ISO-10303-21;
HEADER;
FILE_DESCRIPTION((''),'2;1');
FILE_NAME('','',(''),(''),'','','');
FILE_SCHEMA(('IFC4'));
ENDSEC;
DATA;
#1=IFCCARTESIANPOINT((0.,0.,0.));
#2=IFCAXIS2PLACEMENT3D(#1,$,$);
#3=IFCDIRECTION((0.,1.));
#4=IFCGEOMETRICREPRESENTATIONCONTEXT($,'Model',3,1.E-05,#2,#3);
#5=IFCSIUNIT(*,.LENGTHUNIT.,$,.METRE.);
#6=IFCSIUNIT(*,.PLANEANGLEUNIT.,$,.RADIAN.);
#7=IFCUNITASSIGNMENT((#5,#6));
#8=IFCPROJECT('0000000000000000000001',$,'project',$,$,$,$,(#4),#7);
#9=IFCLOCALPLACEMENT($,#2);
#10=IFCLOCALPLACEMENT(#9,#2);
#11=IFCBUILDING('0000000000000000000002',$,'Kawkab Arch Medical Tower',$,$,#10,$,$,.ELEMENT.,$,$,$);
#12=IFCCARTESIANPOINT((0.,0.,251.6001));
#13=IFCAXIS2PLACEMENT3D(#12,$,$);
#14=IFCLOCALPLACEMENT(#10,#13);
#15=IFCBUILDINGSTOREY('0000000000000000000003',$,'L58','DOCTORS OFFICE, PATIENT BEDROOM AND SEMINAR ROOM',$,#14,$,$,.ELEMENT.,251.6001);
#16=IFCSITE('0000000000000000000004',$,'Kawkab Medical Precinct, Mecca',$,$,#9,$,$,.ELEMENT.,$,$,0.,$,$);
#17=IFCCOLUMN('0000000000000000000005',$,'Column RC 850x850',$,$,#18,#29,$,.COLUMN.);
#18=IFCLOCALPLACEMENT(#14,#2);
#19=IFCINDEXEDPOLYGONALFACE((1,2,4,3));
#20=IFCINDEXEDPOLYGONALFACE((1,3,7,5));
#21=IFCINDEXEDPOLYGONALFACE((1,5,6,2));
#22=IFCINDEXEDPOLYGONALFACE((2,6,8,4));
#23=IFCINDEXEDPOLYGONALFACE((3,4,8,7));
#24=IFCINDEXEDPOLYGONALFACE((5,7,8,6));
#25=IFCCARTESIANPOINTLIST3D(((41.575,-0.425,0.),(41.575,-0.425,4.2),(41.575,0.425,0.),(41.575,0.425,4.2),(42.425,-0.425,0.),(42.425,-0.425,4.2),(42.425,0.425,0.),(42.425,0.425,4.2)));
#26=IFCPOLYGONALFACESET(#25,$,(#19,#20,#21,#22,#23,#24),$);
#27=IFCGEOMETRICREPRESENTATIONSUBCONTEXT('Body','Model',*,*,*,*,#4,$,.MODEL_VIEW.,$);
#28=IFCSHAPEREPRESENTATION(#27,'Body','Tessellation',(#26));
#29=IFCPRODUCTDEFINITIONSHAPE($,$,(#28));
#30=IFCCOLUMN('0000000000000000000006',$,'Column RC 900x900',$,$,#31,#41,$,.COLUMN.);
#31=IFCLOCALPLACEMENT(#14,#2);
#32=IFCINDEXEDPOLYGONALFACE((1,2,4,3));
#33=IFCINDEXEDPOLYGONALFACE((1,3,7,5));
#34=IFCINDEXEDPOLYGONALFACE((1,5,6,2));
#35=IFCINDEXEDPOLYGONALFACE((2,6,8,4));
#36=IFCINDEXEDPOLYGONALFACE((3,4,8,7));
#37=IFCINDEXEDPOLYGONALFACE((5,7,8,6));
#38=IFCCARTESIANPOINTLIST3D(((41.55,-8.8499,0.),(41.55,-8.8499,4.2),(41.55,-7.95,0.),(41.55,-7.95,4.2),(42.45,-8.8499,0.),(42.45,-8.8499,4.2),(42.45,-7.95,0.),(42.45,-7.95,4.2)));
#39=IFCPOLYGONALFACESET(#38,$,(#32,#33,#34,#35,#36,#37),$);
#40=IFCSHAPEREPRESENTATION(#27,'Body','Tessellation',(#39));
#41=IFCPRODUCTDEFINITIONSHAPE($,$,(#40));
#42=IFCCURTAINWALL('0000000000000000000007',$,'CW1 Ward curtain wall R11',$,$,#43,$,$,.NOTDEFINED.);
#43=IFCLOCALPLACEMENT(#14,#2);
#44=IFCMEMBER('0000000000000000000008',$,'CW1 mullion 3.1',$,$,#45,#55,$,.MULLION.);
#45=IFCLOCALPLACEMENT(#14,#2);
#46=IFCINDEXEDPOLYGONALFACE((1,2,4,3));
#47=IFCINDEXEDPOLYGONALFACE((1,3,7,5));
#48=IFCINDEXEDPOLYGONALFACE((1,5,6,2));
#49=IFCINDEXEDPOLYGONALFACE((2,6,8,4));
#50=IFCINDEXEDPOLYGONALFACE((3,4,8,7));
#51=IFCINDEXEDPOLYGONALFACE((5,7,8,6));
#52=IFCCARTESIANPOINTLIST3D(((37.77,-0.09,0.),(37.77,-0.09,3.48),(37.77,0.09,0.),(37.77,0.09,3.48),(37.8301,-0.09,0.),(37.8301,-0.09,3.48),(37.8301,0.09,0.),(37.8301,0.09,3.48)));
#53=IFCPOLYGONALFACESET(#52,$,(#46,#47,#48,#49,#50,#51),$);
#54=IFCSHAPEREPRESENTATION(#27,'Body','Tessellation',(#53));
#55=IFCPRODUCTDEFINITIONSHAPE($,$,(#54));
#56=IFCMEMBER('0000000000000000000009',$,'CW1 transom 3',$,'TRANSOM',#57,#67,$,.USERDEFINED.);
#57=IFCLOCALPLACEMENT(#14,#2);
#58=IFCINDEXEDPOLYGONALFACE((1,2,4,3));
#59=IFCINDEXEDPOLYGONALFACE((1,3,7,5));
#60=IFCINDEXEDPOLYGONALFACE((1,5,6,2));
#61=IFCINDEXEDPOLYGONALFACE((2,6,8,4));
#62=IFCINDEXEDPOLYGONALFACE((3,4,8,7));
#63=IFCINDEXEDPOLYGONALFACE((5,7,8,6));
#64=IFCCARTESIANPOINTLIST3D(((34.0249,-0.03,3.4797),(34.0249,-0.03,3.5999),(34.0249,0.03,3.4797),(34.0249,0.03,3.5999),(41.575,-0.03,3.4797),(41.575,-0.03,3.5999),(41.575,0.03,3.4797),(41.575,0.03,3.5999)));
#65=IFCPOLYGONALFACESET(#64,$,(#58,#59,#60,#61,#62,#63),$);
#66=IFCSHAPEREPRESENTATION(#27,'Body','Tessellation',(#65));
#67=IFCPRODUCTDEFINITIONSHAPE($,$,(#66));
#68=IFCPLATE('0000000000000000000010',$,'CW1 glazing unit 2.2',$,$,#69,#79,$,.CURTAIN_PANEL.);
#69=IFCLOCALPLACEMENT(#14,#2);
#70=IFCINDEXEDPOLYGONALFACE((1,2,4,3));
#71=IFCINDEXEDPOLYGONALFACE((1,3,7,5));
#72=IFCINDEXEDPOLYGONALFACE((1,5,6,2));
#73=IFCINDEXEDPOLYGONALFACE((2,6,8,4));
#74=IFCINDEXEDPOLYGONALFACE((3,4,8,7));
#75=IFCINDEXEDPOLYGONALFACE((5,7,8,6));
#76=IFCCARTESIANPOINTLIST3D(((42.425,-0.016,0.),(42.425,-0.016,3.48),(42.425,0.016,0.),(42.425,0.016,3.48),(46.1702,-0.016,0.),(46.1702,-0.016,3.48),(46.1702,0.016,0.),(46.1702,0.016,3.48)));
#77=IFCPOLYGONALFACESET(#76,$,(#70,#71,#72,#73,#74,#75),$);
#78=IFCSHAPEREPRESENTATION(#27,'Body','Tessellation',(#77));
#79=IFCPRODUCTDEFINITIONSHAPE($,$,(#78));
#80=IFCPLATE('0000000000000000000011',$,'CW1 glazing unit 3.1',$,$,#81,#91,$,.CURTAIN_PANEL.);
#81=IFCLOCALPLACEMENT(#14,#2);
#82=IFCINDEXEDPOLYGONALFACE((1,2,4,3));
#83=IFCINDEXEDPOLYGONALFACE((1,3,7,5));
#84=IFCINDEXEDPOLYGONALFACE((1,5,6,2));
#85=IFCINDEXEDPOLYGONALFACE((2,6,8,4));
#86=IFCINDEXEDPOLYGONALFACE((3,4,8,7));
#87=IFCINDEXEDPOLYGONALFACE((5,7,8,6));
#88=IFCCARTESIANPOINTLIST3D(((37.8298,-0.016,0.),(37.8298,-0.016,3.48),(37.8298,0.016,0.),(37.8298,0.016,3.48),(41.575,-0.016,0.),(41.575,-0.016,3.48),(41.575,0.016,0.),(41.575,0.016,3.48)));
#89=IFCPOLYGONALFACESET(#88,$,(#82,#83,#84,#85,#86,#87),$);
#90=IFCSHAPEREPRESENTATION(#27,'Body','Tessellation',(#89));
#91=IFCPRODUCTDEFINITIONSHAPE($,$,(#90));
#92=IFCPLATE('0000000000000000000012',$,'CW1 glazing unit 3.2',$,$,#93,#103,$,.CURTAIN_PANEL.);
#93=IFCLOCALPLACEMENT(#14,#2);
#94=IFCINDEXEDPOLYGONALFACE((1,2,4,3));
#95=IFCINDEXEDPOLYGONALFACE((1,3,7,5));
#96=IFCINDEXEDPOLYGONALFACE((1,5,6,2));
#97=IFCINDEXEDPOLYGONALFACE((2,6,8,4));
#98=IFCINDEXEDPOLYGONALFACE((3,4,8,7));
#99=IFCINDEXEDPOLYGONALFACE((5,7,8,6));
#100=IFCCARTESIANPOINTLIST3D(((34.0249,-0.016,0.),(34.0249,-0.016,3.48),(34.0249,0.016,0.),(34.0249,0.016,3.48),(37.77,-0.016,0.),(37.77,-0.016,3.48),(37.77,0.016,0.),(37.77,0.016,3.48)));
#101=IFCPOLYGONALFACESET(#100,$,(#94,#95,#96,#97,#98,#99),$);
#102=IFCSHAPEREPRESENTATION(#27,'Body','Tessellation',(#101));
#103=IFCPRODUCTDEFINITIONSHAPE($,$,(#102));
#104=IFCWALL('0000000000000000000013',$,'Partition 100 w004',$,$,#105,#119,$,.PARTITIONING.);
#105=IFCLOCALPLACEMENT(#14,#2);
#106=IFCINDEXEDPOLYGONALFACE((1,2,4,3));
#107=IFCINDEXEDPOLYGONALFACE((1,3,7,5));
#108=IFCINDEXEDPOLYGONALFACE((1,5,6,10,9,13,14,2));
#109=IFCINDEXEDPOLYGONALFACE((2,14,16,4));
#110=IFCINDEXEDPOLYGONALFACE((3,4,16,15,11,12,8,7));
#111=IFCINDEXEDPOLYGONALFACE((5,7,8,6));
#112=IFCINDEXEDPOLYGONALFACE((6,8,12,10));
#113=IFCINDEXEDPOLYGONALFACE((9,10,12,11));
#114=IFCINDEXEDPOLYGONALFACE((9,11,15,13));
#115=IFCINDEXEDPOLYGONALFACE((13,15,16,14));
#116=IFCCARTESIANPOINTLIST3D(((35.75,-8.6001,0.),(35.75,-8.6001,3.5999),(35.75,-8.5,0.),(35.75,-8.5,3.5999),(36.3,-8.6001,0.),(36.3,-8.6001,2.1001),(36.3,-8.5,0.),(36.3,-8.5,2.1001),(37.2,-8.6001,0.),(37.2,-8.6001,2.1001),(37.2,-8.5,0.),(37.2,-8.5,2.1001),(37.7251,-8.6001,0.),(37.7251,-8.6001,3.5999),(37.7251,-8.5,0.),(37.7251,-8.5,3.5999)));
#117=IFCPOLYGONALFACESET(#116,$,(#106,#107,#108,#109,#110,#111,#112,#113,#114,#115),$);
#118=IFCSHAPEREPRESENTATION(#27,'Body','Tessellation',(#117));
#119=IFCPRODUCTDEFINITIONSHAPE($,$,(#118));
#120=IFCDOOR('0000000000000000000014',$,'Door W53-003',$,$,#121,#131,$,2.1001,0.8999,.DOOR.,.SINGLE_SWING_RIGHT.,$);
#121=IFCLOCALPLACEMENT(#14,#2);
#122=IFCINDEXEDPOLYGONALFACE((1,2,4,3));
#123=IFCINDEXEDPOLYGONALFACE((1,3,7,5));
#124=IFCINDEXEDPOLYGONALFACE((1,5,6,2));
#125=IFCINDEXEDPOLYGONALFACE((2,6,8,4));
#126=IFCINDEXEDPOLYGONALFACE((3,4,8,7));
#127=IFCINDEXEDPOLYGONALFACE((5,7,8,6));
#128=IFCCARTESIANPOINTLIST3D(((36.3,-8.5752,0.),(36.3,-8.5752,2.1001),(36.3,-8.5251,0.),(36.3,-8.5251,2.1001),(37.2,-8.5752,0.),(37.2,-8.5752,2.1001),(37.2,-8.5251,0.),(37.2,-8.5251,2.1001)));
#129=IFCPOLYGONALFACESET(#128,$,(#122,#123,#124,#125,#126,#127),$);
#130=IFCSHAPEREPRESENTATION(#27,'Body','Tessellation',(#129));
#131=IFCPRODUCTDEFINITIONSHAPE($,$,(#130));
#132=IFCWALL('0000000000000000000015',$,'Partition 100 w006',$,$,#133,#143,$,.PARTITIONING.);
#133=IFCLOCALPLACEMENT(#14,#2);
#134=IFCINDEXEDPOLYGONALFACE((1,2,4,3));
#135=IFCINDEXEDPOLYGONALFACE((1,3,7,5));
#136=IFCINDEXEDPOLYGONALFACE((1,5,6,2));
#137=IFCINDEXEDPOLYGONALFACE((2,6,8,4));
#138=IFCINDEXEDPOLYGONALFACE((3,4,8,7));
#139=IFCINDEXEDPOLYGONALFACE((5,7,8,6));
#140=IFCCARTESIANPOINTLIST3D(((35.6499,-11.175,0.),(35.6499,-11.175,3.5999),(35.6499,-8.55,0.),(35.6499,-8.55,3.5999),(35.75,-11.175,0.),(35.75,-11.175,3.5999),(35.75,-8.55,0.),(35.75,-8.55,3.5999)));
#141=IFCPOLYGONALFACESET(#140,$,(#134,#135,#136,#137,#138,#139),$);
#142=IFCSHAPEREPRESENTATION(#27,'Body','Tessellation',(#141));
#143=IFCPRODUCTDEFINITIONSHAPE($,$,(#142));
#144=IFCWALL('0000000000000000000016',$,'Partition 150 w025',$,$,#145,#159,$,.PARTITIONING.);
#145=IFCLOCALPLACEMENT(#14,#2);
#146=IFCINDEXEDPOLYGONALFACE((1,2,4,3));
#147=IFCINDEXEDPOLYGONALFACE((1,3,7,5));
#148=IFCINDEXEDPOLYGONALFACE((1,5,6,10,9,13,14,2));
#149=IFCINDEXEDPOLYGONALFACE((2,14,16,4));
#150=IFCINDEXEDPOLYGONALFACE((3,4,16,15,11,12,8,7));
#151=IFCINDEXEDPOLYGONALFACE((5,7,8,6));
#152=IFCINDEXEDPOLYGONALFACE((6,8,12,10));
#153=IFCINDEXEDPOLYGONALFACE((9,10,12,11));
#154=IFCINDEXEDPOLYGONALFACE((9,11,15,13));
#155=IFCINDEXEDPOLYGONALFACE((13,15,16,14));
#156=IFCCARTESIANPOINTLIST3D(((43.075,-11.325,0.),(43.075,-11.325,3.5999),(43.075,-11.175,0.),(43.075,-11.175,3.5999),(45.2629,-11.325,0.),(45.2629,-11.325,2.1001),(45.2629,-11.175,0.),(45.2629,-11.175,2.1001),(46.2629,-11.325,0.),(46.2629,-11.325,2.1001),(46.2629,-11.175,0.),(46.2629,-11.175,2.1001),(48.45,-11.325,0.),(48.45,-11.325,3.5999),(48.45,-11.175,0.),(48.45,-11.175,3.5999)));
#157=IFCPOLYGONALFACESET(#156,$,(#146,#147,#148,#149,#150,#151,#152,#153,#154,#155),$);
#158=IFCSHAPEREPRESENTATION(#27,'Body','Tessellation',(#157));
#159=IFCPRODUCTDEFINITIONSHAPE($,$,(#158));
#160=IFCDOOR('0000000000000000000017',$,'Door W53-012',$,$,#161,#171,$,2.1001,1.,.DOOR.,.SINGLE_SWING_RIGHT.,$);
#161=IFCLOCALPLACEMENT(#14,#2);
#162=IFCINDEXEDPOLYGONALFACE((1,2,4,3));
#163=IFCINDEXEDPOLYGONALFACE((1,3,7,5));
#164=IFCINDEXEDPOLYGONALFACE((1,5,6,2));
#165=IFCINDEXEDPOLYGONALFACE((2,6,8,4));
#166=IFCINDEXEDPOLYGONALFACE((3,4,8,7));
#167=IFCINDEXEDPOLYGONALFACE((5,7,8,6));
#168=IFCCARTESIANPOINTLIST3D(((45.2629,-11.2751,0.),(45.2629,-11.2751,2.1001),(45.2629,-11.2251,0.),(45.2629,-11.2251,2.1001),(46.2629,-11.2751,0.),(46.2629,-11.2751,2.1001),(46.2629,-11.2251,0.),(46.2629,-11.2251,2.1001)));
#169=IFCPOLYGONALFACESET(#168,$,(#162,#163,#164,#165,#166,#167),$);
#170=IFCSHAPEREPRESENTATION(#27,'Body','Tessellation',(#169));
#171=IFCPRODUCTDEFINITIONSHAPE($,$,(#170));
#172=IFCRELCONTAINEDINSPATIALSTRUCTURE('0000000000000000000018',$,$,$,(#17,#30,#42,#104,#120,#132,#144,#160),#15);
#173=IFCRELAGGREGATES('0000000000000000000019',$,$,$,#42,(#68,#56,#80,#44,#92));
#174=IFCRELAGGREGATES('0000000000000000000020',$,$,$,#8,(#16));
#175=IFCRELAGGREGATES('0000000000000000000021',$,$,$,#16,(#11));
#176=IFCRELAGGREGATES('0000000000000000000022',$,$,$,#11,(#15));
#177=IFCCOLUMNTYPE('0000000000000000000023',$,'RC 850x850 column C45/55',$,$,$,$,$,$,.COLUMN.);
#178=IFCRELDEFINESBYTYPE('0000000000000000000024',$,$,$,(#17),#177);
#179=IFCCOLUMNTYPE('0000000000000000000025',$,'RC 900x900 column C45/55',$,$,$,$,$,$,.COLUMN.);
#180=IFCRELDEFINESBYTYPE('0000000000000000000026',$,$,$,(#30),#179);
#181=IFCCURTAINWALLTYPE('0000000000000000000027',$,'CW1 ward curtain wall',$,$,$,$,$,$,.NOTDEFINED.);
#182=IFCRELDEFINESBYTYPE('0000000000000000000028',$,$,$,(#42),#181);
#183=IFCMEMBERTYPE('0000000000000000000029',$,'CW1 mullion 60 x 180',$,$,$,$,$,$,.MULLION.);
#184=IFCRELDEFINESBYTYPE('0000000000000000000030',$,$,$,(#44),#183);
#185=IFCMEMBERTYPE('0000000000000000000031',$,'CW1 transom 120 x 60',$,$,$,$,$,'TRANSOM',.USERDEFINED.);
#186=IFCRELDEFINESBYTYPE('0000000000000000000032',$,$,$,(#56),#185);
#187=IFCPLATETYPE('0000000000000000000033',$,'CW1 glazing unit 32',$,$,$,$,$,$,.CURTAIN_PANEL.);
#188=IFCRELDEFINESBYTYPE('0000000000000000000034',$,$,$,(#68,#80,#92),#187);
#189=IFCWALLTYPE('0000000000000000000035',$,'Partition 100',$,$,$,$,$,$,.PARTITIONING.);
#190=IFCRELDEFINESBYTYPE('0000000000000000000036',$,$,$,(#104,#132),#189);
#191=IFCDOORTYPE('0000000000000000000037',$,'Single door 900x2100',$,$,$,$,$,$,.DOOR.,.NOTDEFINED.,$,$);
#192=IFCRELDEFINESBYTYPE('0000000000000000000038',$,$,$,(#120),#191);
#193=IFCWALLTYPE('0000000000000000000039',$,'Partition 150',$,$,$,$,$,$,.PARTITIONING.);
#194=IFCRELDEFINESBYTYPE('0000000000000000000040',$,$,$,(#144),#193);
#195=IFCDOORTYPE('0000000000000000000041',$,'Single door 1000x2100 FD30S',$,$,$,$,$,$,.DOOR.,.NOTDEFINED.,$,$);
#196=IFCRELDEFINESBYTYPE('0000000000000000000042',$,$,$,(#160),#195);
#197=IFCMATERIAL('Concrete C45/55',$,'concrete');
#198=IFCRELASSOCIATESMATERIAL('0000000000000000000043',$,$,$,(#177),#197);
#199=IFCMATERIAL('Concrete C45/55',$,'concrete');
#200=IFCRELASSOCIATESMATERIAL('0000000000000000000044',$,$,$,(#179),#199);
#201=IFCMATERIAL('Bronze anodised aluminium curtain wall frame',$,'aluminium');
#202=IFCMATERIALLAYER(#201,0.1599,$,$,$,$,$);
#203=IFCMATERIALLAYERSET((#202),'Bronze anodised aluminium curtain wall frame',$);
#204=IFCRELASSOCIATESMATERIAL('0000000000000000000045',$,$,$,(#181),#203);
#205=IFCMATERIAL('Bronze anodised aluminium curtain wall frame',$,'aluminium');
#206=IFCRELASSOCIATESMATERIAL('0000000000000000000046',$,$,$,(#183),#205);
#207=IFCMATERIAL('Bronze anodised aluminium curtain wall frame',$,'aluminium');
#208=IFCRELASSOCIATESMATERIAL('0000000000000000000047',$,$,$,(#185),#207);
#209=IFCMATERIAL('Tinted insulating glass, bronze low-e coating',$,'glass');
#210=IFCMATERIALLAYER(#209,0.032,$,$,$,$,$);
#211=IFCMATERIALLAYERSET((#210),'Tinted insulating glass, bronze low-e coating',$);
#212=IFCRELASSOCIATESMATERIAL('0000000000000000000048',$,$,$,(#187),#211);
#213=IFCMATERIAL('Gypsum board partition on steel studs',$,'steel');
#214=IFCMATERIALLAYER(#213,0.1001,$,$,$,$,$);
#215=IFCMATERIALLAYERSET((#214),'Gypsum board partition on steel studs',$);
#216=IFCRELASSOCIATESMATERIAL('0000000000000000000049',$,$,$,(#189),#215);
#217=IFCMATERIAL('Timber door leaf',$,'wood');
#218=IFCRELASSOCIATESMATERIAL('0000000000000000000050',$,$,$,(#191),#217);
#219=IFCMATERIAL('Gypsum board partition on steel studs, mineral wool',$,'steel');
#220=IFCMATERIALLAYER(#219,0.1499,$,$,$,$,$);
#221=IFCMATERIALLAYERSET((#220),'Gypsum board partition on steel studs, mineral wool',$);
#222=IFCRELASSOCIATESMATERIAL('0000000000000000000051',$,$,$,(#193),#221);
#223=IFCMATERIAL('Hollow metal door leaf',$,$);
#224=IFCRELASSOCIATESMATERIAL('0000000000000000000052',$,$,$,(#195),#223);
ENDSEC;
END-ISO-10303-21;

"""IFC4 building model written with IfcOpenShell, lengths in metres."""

from ifc_helpers import new_model, si_unit, direction, frame, frame_2d, origin, origin_2d, place, context, subcontext, project, spatial, rectangle, extrude, material, layer, layer_set, material_profile, profile_set, type_object, element, fill, aggregate, save


model = new_model("IFC4")

# Units and contexts
model_context = context("Model", 3, precision=1e-05, world=origin(), true_north=direction((0.0, 1.0)))
body_context = subcontext(model_context, "Body", "Model", "MODEL_VIEW")
ifc_project = project(units=[si_unit("LENGTHUNIT", "METRE"), si_unit("PLANEANGLEUNIT", "RADIAN")], contexts=[model_context])

# Site, building, storey
site_placement = place(None, origin())
site = spatial("IfcSite", under=ifc_project, at=site_placement, Name="Kawkab Medical Precinct, Mecca", CompositionType="ELEMENT", RefElevation=0.0)
building_placement = place(site_placement, origin())
building = spatial("IfcBuilding", under=site, at=building_placement, Name="Kawkab Arch Medical Tower", CompositionType="ELEMENT")
storey_placement = place(building_placement, frame((0.0, 0.0, 251.6001)))
storey = spatial("IfcBuildingStorey", under=building, at=storey_placement, Name="L58", Description="DOCTORS OFFICE, PATIENT BEDROOM AND SEMINAR ROOM", CompositionType="ELEMENT", Elevation=251.6001)

# Columns
ifc_material_1 = material(Name="Concrete C45/55", Category="concrete")
ifc_material_profile_1 = material_profile(ifc_material_1, rectangle(XDim=0.8501, YDim=0.8501, at=origin_2d()), Name="RC 850x850")
ifc_profile_set_1 = profile_set([ifc_material_profile_1], Name="Concrete C45/55")
column_type_1 = type_object("IfcColumnType", Name="RC 850x850 column C45/55", PredefinedType="COLUMN", material=ifc_profile_set_1)
column_1_placement = place(storey_placement, frame((42.0, 0.0, 0.0), z_axis=(0.0, 0.0, 1.0), x_axis=(1.0, 0.0, 0.0)))
element("IfcColumn", 1, at=column_1_placement, inside=storey, type_object=column_type_1, Name="Column RC 850x850", PredefinedType="COLUMN", context=body_context, shape_type="SweptSolid", body=[
    extrude(rectangle(XDim=0.8501, YDim=0.8501, at=origin_2d()), origin(), (0.0, 0.0, 1.0), 4.2),
])
ifc_material_2 = material(Name="Concrete C45/55", Category="concrete")
ifc_material_profile_2 = material_profile(ifc_material_2, rectangle(XDim=0.8999, YDim=0.8999, at=origin_2d()), Name="RC 900x900")
ifc_profile_set_2 = profile_set([ifc_material_profile_2], Name="Concrete C45/55")
column_type_2 = type_object("IfcColumnType", Name="RC 900x900 column C45/55", PredefinedType="COLUMN", material=ifc_profile_set_2)
column_2_placement = place(storey_placement, frame((42.0, -8.3999, 0.0), z_axis=(0.0, 0.0, 1.0), x_axis=(1.0, 0.0, 0.0)))
element("IfcColumn", 2, at=column_2_placement, inside=storey, type_object=column_type_2, Name="Column RC 900x900", PredefinedType="COLUMN", context=body_context, shape_type="SweptSolid", body=[
    extrude(rectangle(XDim=0.8999, YDim=0.8999, at=origin_2d()), origin(), (0.0, 0.0, 1.0), 4.2),
])

# Curtain wall, members, plates
ifc_material_3 = material(Name="Bronze anodised aluminium curtain wall frame", Category="aluminium")
ifc_layer_1 = layer(ifc_material_3, 0.1599)
ifc_layer_set_1 = layer_set([ifc_layer_1], Name="Bronze anodised aluminium curtain wall frame")
curtain_wall_type = type_object("IfcCurtainWallType", Name="CW1 ward curtain wall", PredefinedType="NOTDEFINED", material=ifc_layer_set_1)
placement = place(storey_placement, origin())
curtain_wall = element("IfcCurtainWall", 3, at=placement, inside=storey, type_object=curtain_wall_type, Name="CW1 Ward curtain wall R11", PredefinedType="NOTDEFINED")
ifc_material_4 = material(Name="Bronze anodised aluminium curtain wall frame", Category="aluminium")
ifc_material_profile_3 = material_profile(ifc_material_4, rectangle(XDim=0.1799, YDim=0.0601, at=origin_2d()), Name="AL 60x180")
ifc_profile_set_3 = profile_set([ifc_material_profile_3], Name="Bronze anodised aluminium curtain wall frame")
member_type_1 = type_object("IfcMemberType", Name="CW1 mullion 60 x 180", PredefinedType="MULLION", material=ifc_profile_set_3)
member_1_placement = place(storey_placement, frame((37.8, 0.0, 0.0), z_axis=(0.0, 0.0, 1.0), x_axis=(0.0, -1.0, 0.0)))
member_1 = element("IfcMember", 4, at=member_1_placement, type_object=member_type_1, Name="CW1 mullion 3.1", PredefinedType="MULLION", context=body_context, shape_type="SweptSolid", body=[
    extrude(rectangle(XDim=0.1799, YDim=0.0601, at=origin_2d()), origin(), (0.0, 0.0, 1.0), 3.48),
])
ifc_material_5 = material(Name="Bronze anodised aluminium curtain wall frame", Category="aluminium")
ifc_material_profile_4 = material_profile(ifc_material_5, rectangle(XDim=0.0601, YDim=0.1201, at=origin_2d()), Name="AL 60x120")
ifc_profile_set_4 = profile_set([ifc_material_profile_4], Name="Bronze anodised aluminium curtain wall frame")
member_type_2 = type_object("IfcMemberType", Name="CW1 transom 120 x 60", ElementType="TRANSOM", PredefinedType="USERDEFINED", material=ifc_profile_set_4)
member_2_placement = place(storey_placement, frame((41.575, 0.0, 3.5398), z_axis=(-1.0, 0.0, 0.0), x_axis=(0.0, -1.0, 0.0)))
member_2 = element("IfcMember", 5, at=member_2_placement, type_object=member_type_2, Name="CW1 transom 3", ObjectType="TRANSOM", PredefinedType="USERDEFINED", context=body_context, shape_type="SweptSolid", body=[
    extrude(rectangle(XDim=0.0601, YDim=0.1201, at=origin_2d()), origin(), (0.0, 0.0, 1.0), 7.55),
])
ifc_material_6 = material(Name="Tinted insulating glass, bronze low-e coating", Category="glass")
ifc_layer_2 = layer(ifc_material_6, 0.032)
ifc_layer_set_2 = layer_set([ifc_layer_2], Name="Tinted insulating glass, bronze low-e coating")
plate_type = type_object("IfcPlateType", Name="CW1 glazing unit 32", PredefinedType="CURTAIN_PANEL", material=ifc_layer_set_2)
plate_1_placement = place(storey_placement, frame((44.2976, 0.0, 0.0), z_axis=(0.0, 0.0, 1.0), x_axis=(-1.0, 0.0, 0.0)))
plate_1 = element("IfcPlate", 6, at=plate_1_placement, type_object=plate_type, Name="CW1 glazing unit 2.2", PredefinedType="CURTAIN_PANEL", context=body_context, shape_type="SweptSolid", body=[
    extrude(rectangle(XDim=3.7451, YDim=0.032, at=origin_2d()), origin(), (0.0, 0.0, 1.0), 3.48),
])
plate_2_placement = place(storey_placement, frame((39.7024, 0.0, 0.0), z_axis=(0.0, 0.0, 1.0), x_axis=(-1.0, 0.0, 0.0)))
plate_2 = element("IfcPlate", 7, at=plate_2_placement, type_object=plate_type, Name="CW1 glazing unit 3.1", PredefinedType="CURTAIN_PANEL", context=body_context, shape_type="SweptSolid", body=[
    extrude(rectangle(XDim=3.7451, YDim=0.032, at=origin_2d()), origin(), (0.0, 0.0, 1.0), 3.48),
])
plate_3_placement = place(storey_placement, frame((35.8975, 0.0, 0.0), z_axis=(0.0, 0.0, 1.0), x_axis=(-1.0, 0.0, 0.0)))
plate_3 = element("IfcPlate", 8, at=plate_3_placement, type_object=plate_type, Name="CW1 glazing unit 3.2", PredefinedType="CURTAIN_PANEL", context=body_context, shape_type="SweptSolid", body=[
    extrude(rectangle(XDim=3.7451, YDim=0.032, at=origin_2d()), origin(), (0.0, 0.0, 1.0), 3.48),
])
aggregate(curtain_wall, [plate_1, member_2, plate_2, member_1, plate_3])

# Wall, opening, door
ifc_material_7 = material(Name="Gypsum board partition on steel studs", Category="steel")
ifc_layer_3 = layer(ifc_material_7, 0.1001)
ifc_layer_set_3 = layer_set([ifc_layer_3], Name="Gypsum board partition on steel studs")
wall_type_1 = type_object("IfcWallType", Name="Partition 100", PredefinedType="PARTITIONING", material=ifc_layer_set_3)
wall_1_placement = place(storey_placement, frame((35.75, -8.55, 0.0), z_axis=(0.0, 0.0, 1.0), x_axis=(1.0, 0.0, 0.0)))
wall_1 = element("IfcWall", 9, at=wall_1_placement, inside=storey, type_object=wall_type_1, Name="Partition 100 w004", PredefinedType="PARTITIONING", context=body_context, shape_type="SweptSolid", body=[
    extrude(rectangle(XDim=1.9751, YDim=0.1001, at=frame_2d((0.9875, 0.0))), origin(), (0.0, 0.0, 1.0), 3.5999),
])
opening_1_placement = place(wall_1_placement, frame((0.55, 0.0, 0.0)))
opening_1 = element("IfcOpeningElement", 10, at=opening_1_placement, cuts=wall_1, PredefinedType="OPENING", context=body_context, shape_type="SweptSolid", body=[
    extrude(rectangle(XDim=0.8999, YDim=2.1001, at=frame_2d((0.45, 1.05))), frame((0.0, 0.0601, 0.0), z_axis=(0.0, -1.0, 0.0), x_axis=(1.0, 0.0, 0.0)), (0.0, 0.0, 1.0), 0.1201),
])
ifc_material_8 = material(Name="Timber door leaf", Category="wood")
door_type_1 = type_object("IfcDoorType", Name="Single door 900x2100", OperationType="NOTDEFINED", PredefinedType="DOOR", material=ifc_material_8)
door_1_placement = place(opening_1_placement, origin())
door_1 = element("IfcDoor", 11, at=door_1_placement, inside=storey, type_object=door_type_1, Name="Door W53-003", OperationType="SINGLE_SWING_RIGHT", OverallHeight=2.1001, OverallWidth=0.8999, PredefinedType="DOOR", context=body_context, shape_type="SweptSolid", body=[
    extrude(rectangle(XDim=0.8999, YDim=2.1001, at=frame_2d((0.45, 1.05))), frame((0.0, 0.0249, 0.0), z_axis=(0.0, -1.0, 0.0), x_axis=(1.0, 0.0, 0.0)), (0.0, 0.0, 1.0), 0.05),
])
fill(opening_1, door_1)

# Wall
wall_2_placement = place(storey_placement, frame((35.7, -11.175, 0.0), z_axis=(0.0, 0.0, 1.0), x_axis=(0.0, 1.0, 0.0)))
element("IfcWall", 12, at=wall_2_placement, inside=storey, type_object=wall_type_1, Name="Partition 100 w006", PredefinedType="PARTITIONING", context=body_context, shape_type="SweptSolid", body=[
    extrude(rectangle(XDim=2.625, YDim=0.1001, at=frame_2d((1.3125, 0.0))), origin(), (0.0, 0.0, 1.0), 3.5999),
])

# Wall, opening, door
ifc_material_9 = material(Name="Gypsum board partition on steel studs, mineral wool", Category="steel")
ifc_layer_4 = layer(ifc_material_9, 0.1499)
ifc_layer_set_4 = layer_set([ifc_layer_4], Name="Gypsum board partition on steel studs, mineral wool")
wall_type_2 = type_object("IfcWallType", Name="Partition 150", PredefinedType="PARTITIONING", material=ifc_layer_set_4)
wall_3_placement = place(storey_placement, frame((43.075, -11.25, 0.0), z_axis=(0.0, 0.0, 1.0), x_axis=(1.0, 0.0, 0.0)))
wall_3 = element("IfcWall", 13, at=wall_3_placement, inside=storey, type_object=wall_type_2, Name="Partition 150 w025", PredefinedType="PARTITIONING", context=body_context, shape_type="SweptSolid", body=[
    extrude(rectangle(XDim=5.375, YDim=0.1499, at=frame_2d((2.6875, 0.0))), origin(), (0.0, 0.0, 1.0), 3.5999),
])
opening_2_placement = place(wall_3_placement, frame((2.188, 0.0, 0.0)))
opening_2 = element("IfcOpeningElement", 14, at=opening_2_placement, cuts=wall_3, PredefinedType="OPENING", context=body_context, shape_type="SweptSolid", body=[
    extrude(rectangle(XDim=1.0, YDim=2.1001, at=frame_2d((0.5, 1.05))), frame((0.0, 0.085, 0.0), z_axis=(0.0, -1.0, 0.0), x_axis=(1.0, 0.0, 0.0)), (0.0, 0.0, 1.0), 0.1699),
])
ifc_material_10 = material(Name="Hollow metal door leaf")
door_type_2 = type_object("IfcDoorType", Name="Single door 1000x2100 FD30S", OperationType="NOTDEFINED", PredefinedType="DOOR", material=ifc_material_10)
door_2_placement = place(opening_2_placement, origin())
door_2 = element("IfcDoor", 15, at=door_2_placement, inside=storey, type_object=door_type_2, Name="Door W53-012", OperationType="SINGLE_SWING_RIGHT", OverallHeight=2.1001, OverallWidth=1.0, PredefinedType="DOOR", context=body_context, shape_type="SweptSolid", body=[
    extrude(rectangle(XDim=1.0, YDim=2.1001, at=frame_2d((0.5, 1.05))), frame((0.0, 0.0249, 0.0), z_axis=(0.0, -1.0, 0.0), x_axis=(1.0, 0.0, 0.0)), (0.0, 0.0, 1.0), 0.05),
])
fill(opening_2, door_2)

save(model, "model.ifc")
